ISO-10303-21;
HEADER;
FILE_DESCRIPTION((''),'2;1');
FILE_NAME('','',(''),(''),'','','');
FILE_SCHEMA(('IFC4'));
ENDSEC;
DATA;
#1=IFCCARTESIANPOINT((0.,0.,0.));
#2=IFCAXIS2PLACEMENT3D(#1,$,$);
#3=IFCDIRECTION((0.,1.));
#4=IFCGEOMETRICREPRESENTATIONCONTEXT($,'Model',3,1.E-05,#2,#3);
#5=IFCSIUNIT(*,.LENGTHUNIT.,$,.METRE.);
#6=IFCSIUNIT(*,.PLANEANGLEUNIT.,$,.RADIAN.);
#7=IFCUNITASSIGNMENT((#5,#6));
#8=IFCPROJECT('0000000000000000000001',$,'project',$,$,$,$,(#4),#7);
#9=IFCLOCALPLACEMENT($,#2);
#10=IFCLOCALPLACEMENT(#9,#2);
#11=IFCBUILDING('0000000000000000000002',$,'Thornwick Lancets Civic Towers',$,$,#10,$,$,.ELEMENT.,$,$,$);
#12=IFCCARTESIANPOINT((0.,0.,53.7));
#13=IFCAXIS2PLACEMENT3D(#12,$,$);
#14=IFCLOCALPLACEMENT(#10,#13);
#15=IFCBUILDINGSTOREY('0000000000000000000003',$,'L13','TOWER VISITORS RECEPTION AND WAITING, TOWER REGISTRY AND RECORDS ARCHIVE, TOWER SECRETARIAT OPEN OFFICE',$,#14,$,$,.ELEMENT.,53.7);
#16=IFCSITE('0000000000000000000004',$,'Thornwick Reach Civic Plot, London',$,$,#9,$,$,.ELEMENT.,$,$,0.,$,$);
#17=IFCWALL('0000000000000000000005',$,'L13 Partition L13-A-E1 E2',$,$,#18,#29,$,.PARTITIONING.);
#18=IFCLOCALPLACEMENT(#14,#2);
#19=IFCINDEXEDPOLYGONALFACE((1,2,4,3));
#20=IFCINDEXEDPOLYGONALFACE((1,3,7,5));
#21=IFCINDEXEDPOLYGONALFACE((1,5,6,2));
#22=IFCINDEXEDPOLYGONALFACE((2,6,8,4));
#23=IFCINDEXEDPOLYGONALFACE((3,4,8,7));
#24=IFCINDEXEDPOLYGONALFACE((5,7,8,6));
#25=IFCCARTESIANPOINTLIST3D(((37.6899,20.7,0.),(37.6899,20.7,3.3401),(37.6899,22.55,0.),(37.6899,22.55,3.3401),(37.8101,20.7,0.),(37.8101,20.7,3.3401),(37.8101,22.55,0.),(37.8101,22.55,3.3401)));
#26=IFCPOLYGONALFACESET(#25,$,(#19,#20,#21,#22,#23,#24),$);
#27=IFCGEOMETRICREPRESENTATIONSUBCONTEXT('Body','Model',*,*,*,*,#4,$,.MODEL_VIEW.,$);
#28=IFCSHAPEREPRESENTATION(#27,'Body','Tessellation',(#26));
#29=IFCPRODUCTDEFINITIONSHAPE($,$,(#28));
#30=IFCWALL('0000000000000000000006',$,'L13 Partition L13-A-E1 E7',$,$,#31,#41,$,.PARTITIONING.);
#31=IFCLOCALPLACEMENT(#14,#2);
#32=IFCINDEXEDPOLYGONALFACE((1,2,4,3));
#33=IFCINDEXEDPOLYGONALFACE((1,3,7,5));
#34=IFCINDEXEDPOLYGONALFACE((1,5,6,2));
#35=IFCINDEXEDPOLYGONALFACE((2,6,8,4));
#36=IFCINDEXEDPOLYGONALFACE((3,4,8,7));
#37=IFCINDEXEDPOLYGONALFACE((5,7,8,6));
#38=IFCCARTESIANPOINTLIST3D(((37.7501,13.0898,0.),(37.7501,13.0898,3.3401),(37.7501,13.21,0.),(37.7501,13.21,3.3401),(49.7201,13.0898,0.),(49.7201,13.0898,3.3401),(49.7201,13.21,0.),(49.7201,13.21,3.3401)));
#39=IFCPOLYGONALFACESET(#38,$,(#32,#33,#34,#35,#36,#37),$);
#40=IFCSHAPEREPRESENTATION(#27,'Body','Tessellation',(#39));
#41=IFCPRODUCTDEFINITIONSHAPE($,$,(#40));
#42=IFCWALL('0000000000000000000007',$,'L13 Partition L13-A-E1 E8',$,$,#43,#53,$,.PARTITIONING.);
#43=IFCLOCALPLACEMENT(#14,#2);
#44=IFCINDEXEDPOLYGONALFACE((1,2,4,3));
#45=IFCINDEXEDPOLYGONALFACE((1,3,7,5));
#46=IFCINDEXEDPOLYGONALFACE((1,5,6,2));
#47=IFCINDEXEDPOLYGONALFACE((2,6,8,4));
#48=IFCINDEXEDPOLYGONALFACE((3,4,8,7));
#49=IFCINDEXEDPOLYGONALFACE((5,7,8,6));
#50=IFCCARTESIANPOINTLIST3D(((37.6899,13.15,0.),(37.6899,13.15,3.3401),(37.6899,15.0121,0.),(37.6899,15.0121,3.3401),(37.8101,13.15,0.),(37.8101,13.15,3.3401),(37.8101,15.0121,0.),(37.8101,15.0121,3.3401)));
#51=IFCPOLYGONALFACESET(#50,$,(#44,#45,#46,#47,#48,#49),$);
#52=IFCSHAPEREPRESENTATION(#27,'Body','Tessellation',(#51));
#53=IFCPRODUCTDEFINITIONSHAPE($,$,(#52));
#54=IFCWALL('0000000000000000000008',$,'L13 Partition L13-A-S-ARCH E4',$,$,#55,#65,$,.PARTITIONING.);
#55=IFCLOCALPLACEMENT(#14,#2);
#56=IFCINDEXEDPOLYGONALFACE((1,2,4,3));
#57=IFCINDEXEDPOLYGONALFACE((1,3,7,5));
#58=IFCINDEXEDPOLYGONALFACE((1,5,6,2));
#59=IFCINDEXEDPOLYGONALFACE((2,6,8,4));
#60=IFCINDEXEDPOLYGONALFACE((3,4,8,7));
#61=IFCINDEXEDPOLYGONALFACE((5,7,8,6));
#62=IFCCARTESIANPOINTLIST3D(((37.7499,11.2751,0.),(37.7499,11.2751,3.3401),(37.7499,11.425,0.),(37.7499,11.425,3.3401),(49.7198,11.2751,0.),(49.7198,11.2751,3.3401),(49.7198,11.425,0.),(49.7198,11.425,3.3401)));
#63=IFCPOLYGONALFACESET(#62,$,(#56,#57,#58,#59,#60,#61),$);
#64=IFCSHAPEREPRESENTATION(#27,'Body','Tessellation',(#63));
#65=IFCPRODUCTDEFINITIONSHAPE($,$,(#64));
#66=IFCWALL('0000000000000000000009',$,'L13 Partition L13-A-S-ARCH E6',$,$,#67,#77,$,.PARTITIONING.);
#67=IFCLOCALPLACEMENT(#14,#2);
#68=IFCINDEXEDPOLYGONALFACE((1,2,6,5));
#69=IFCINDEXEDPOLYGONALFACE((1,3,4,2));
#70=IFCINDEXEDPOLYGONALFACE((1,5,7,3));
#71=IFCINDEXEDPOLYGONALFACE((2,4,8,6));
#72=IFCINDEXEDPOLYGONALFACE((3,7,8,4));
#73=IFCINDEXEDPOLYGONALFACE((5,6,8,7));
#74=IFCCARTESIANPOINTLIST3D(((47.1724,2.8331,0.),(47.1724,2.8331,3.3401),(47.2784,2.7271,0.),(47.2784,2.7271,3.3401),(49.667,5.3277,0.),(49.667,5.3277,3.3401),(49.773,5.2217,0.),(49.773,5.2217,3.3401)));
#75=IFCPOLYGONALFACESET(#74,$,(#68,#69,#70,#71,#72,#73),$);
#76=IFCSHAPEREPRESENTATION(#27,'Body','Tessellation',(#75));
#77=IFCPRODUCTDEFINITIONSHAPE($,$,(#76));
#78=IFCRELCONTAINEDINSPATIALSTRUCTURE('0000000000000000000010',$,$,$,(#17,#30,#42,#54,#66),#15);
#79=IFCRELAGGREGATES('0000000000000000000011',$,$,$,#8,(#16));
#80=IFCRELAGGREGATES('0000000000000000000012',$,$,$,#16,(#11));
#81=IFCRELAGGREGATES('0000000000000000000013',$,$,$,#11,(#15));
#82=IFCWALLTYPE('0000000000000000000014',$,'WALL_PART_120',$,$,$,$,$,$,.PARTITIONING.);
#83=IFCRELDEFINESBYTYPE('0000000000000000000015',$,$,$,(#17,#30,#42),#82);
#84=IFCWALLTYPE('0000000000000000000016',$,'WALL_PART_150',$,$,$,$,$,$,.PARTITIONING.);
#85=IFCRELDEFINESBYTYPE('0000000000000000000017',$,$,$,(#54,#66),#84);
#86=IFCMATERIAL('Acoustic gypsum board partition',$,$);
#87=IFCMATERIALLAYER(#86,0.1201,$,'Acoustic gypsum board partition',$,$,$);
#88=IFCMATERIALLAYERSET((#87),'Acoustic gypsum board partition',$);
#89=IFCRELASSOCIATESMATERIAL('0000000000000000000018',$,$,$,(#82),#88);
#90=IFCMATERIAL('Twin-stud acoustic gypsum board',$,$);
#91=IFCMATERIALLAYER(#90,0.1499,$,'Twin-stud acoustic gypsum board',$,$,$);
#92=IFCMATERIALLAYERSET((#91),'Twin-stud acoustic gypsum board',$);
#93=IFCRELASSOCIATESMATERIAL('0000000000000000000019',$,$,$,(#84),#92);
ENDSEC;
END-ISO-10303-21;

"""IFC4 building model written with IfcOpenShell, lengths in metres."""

from ifc_helpers import new_model, si_unit, direction, frame, frame_2d, origin, place, context, subcontext, project, spatial, rectangle, extrude, material, layer, layer_set, type_object, element, save


model = new_model("IFC4")

# Units and contexts
model_context = context("Model", 3, precision=1e-05, world=origin(), true_north=direction((0.0, 1.0)))
body_context = subcontext(model_context, "Body", "Model", "MODEL_VIEW")
ifc_project = project(units=[si_unit("LENGTHUNIT", "METRE"), si_unit("PLANEANGLEUNIT", "RADIAN")], contexts=[model_context])

# Site, building, storey
site_placement = place(None, origin())
site = spatial("IfcSite", under=ifc_project, at=site_placement, Name="Thornwick Reach Civic Plot, London", CompositionType="ELEMENT", RefElevation=0.0)
building_placement = place(site_placement, origin())
building = spatial("IfcBuilding", under=site, at=building_placement, Name="Thornwick Lancets Civic Towers", CompositionType="ELEMENT")
storey_placement = place(building_placement, frame((0.0, 0.0, 53.7)))
storey = spatial("IfcBuildingStorey", under=building, at=storey_placement, Name="L13", Description="TOWER VISITORS RECEPTION AND WAITING, TOWER REGISTRY AND RECORDS ARCHIVE, TOWER SECRETARIAT OPEN OFFICE", CompositionType="ELEMENT", Elevation=53.7)

# Walls
ifc_material_1 = material(Name="Acoustic gypsum board partition")
ifc_layer_1 = layer(ifc_material_1, 0.1201, Name="Acoustic gypsum board partition")
ifc_layer_set_1 = layer_set([ifc_layer_1], Name="Acoustic gypsum board partition")
wall_type_1 = type_object("IfcWallType", Name="WALL_PART_120", PredefinedType="PARTITIONING", material=ifc_layer_set_1)
wall_1_placement = place(storey_placement, frame((37.75, 20.7, 0.0), z_axis=(0.0, 0.0, 1.0), x_axis=(0.0, 1.0, 0.0)))
element("IfcWall", 1, at=wall_1_placement, inside=storey, type_object=wall_type_1, Name="L13 Partition L13-A-E1 E2", PredefinedType="PARTITIONING", context=body_context, shape_type="SweptSolid", body=[
    extrude(rectangle(XDim=1.8501, YDim=0.1201, at=frame_2d((0.925, 0.0))), origin(), (0.0, 0.0, 1.0), 3.3401),
])
wall_2_placement = place(storey_placement, frame((49.72, 13.1499, 0.0), z_axis=(0.0, 0.0, 1.0), x_axis=(-1.0, 0.0, 0.0)))
element("IfcWall", 2, at=wall_2_placement, inside=storey, type_object=wall_type_1, Name="L13 Partition L13-A-E1 E7", PredefinedType="PARTITIONING", context=body_context, shape_type="SweptSolid", body=[
    extrude(rectangle(XDim=11.97, YDim=0.1201, at=frame_2d((5.9849, 0.0))), origin(), (0.0, 0.0, 1.0), 3.3401),
])
wall_3_placement = place(storey_placement, frame((37.75, 13.1499, 0.0), z_axis=(0.0, 0.0, 1.0), x_axis=(0.0, 1.0, 0.0)))
element("IfcWall", 3, at=wall_3_placement, inside=storey, type_object=wall_type_1, Name="L13 Partition L13-A-E1 E8", PredefinedType="PARTITIONING", context=body_context, shape_type="SweptSolid", body=[
    extrude(rectangle(XDim=1.8621, YDim=0.1201, at=frame_2d((0.9312, 0.0))), origin(), (0.0, 0.0, 1.0), 3.3401),
])
ifc_material_2 = material(Name="Twin-stud acoustic gypsum board")
ifc_layer_2 = layer(ifc_material_2, 0.1499, Name="Twin-stud acoustic gypsum board")
ifc_layer_set_2 = layer_set([ifc_layer_2], Name="Twin-stud acoustic gypsum board")
wall_type_2 = type_object("IfcWallType", Name="WALL_PART_150", PredefinedType="PARTITIONING", material=ifc_layer_set_2)
wall_4_placement = place(storey_placement, frame((37.75, 11.3501, 0.0), z_axis=(0.0, 0.0, 1.0), x_axis=(1.0, 0.0, 0.0)))
element("IfcWall", 4, at=wall_4_placement, inside=storey, type_object=wall_type_2, Name="L13 Partition L13-A-S-ARCH E4", PredefinedType="PARTITIONING", context=body_context, shape_type="SweptSolid", body=[
    extrude(rectangle(XDim=11.97, YDim=0.1499, at=frame_2d((5.9849, 0.0))), origin(), (0.0, 0.0, 1.0), 3.3401),
])
wall_5_placement = place(storey_placement, frame((49.72, 5.2747, 0.0), z_axis=(0.0, 0.0, 1.0), x_axis=(-0.707107, -0.707107, 0.0)))
element("IfcWall", 5, at=wall_5_placement, inside=storey, type_object=wall_type_2, Name="L13 Partition L13-A-S-ARCH E6", PredefinedType="PARTITIONING", context=body_context, shape_type="SweptSolid", body=[
    extrude(rectangle(XDim=3.5278, YDim=0.1499, at=frame_2d((1.7639, 0.0))), origin(), (0.0, 0.0, 1.0), 3.3401),
])

save(model, "model.ifc")
